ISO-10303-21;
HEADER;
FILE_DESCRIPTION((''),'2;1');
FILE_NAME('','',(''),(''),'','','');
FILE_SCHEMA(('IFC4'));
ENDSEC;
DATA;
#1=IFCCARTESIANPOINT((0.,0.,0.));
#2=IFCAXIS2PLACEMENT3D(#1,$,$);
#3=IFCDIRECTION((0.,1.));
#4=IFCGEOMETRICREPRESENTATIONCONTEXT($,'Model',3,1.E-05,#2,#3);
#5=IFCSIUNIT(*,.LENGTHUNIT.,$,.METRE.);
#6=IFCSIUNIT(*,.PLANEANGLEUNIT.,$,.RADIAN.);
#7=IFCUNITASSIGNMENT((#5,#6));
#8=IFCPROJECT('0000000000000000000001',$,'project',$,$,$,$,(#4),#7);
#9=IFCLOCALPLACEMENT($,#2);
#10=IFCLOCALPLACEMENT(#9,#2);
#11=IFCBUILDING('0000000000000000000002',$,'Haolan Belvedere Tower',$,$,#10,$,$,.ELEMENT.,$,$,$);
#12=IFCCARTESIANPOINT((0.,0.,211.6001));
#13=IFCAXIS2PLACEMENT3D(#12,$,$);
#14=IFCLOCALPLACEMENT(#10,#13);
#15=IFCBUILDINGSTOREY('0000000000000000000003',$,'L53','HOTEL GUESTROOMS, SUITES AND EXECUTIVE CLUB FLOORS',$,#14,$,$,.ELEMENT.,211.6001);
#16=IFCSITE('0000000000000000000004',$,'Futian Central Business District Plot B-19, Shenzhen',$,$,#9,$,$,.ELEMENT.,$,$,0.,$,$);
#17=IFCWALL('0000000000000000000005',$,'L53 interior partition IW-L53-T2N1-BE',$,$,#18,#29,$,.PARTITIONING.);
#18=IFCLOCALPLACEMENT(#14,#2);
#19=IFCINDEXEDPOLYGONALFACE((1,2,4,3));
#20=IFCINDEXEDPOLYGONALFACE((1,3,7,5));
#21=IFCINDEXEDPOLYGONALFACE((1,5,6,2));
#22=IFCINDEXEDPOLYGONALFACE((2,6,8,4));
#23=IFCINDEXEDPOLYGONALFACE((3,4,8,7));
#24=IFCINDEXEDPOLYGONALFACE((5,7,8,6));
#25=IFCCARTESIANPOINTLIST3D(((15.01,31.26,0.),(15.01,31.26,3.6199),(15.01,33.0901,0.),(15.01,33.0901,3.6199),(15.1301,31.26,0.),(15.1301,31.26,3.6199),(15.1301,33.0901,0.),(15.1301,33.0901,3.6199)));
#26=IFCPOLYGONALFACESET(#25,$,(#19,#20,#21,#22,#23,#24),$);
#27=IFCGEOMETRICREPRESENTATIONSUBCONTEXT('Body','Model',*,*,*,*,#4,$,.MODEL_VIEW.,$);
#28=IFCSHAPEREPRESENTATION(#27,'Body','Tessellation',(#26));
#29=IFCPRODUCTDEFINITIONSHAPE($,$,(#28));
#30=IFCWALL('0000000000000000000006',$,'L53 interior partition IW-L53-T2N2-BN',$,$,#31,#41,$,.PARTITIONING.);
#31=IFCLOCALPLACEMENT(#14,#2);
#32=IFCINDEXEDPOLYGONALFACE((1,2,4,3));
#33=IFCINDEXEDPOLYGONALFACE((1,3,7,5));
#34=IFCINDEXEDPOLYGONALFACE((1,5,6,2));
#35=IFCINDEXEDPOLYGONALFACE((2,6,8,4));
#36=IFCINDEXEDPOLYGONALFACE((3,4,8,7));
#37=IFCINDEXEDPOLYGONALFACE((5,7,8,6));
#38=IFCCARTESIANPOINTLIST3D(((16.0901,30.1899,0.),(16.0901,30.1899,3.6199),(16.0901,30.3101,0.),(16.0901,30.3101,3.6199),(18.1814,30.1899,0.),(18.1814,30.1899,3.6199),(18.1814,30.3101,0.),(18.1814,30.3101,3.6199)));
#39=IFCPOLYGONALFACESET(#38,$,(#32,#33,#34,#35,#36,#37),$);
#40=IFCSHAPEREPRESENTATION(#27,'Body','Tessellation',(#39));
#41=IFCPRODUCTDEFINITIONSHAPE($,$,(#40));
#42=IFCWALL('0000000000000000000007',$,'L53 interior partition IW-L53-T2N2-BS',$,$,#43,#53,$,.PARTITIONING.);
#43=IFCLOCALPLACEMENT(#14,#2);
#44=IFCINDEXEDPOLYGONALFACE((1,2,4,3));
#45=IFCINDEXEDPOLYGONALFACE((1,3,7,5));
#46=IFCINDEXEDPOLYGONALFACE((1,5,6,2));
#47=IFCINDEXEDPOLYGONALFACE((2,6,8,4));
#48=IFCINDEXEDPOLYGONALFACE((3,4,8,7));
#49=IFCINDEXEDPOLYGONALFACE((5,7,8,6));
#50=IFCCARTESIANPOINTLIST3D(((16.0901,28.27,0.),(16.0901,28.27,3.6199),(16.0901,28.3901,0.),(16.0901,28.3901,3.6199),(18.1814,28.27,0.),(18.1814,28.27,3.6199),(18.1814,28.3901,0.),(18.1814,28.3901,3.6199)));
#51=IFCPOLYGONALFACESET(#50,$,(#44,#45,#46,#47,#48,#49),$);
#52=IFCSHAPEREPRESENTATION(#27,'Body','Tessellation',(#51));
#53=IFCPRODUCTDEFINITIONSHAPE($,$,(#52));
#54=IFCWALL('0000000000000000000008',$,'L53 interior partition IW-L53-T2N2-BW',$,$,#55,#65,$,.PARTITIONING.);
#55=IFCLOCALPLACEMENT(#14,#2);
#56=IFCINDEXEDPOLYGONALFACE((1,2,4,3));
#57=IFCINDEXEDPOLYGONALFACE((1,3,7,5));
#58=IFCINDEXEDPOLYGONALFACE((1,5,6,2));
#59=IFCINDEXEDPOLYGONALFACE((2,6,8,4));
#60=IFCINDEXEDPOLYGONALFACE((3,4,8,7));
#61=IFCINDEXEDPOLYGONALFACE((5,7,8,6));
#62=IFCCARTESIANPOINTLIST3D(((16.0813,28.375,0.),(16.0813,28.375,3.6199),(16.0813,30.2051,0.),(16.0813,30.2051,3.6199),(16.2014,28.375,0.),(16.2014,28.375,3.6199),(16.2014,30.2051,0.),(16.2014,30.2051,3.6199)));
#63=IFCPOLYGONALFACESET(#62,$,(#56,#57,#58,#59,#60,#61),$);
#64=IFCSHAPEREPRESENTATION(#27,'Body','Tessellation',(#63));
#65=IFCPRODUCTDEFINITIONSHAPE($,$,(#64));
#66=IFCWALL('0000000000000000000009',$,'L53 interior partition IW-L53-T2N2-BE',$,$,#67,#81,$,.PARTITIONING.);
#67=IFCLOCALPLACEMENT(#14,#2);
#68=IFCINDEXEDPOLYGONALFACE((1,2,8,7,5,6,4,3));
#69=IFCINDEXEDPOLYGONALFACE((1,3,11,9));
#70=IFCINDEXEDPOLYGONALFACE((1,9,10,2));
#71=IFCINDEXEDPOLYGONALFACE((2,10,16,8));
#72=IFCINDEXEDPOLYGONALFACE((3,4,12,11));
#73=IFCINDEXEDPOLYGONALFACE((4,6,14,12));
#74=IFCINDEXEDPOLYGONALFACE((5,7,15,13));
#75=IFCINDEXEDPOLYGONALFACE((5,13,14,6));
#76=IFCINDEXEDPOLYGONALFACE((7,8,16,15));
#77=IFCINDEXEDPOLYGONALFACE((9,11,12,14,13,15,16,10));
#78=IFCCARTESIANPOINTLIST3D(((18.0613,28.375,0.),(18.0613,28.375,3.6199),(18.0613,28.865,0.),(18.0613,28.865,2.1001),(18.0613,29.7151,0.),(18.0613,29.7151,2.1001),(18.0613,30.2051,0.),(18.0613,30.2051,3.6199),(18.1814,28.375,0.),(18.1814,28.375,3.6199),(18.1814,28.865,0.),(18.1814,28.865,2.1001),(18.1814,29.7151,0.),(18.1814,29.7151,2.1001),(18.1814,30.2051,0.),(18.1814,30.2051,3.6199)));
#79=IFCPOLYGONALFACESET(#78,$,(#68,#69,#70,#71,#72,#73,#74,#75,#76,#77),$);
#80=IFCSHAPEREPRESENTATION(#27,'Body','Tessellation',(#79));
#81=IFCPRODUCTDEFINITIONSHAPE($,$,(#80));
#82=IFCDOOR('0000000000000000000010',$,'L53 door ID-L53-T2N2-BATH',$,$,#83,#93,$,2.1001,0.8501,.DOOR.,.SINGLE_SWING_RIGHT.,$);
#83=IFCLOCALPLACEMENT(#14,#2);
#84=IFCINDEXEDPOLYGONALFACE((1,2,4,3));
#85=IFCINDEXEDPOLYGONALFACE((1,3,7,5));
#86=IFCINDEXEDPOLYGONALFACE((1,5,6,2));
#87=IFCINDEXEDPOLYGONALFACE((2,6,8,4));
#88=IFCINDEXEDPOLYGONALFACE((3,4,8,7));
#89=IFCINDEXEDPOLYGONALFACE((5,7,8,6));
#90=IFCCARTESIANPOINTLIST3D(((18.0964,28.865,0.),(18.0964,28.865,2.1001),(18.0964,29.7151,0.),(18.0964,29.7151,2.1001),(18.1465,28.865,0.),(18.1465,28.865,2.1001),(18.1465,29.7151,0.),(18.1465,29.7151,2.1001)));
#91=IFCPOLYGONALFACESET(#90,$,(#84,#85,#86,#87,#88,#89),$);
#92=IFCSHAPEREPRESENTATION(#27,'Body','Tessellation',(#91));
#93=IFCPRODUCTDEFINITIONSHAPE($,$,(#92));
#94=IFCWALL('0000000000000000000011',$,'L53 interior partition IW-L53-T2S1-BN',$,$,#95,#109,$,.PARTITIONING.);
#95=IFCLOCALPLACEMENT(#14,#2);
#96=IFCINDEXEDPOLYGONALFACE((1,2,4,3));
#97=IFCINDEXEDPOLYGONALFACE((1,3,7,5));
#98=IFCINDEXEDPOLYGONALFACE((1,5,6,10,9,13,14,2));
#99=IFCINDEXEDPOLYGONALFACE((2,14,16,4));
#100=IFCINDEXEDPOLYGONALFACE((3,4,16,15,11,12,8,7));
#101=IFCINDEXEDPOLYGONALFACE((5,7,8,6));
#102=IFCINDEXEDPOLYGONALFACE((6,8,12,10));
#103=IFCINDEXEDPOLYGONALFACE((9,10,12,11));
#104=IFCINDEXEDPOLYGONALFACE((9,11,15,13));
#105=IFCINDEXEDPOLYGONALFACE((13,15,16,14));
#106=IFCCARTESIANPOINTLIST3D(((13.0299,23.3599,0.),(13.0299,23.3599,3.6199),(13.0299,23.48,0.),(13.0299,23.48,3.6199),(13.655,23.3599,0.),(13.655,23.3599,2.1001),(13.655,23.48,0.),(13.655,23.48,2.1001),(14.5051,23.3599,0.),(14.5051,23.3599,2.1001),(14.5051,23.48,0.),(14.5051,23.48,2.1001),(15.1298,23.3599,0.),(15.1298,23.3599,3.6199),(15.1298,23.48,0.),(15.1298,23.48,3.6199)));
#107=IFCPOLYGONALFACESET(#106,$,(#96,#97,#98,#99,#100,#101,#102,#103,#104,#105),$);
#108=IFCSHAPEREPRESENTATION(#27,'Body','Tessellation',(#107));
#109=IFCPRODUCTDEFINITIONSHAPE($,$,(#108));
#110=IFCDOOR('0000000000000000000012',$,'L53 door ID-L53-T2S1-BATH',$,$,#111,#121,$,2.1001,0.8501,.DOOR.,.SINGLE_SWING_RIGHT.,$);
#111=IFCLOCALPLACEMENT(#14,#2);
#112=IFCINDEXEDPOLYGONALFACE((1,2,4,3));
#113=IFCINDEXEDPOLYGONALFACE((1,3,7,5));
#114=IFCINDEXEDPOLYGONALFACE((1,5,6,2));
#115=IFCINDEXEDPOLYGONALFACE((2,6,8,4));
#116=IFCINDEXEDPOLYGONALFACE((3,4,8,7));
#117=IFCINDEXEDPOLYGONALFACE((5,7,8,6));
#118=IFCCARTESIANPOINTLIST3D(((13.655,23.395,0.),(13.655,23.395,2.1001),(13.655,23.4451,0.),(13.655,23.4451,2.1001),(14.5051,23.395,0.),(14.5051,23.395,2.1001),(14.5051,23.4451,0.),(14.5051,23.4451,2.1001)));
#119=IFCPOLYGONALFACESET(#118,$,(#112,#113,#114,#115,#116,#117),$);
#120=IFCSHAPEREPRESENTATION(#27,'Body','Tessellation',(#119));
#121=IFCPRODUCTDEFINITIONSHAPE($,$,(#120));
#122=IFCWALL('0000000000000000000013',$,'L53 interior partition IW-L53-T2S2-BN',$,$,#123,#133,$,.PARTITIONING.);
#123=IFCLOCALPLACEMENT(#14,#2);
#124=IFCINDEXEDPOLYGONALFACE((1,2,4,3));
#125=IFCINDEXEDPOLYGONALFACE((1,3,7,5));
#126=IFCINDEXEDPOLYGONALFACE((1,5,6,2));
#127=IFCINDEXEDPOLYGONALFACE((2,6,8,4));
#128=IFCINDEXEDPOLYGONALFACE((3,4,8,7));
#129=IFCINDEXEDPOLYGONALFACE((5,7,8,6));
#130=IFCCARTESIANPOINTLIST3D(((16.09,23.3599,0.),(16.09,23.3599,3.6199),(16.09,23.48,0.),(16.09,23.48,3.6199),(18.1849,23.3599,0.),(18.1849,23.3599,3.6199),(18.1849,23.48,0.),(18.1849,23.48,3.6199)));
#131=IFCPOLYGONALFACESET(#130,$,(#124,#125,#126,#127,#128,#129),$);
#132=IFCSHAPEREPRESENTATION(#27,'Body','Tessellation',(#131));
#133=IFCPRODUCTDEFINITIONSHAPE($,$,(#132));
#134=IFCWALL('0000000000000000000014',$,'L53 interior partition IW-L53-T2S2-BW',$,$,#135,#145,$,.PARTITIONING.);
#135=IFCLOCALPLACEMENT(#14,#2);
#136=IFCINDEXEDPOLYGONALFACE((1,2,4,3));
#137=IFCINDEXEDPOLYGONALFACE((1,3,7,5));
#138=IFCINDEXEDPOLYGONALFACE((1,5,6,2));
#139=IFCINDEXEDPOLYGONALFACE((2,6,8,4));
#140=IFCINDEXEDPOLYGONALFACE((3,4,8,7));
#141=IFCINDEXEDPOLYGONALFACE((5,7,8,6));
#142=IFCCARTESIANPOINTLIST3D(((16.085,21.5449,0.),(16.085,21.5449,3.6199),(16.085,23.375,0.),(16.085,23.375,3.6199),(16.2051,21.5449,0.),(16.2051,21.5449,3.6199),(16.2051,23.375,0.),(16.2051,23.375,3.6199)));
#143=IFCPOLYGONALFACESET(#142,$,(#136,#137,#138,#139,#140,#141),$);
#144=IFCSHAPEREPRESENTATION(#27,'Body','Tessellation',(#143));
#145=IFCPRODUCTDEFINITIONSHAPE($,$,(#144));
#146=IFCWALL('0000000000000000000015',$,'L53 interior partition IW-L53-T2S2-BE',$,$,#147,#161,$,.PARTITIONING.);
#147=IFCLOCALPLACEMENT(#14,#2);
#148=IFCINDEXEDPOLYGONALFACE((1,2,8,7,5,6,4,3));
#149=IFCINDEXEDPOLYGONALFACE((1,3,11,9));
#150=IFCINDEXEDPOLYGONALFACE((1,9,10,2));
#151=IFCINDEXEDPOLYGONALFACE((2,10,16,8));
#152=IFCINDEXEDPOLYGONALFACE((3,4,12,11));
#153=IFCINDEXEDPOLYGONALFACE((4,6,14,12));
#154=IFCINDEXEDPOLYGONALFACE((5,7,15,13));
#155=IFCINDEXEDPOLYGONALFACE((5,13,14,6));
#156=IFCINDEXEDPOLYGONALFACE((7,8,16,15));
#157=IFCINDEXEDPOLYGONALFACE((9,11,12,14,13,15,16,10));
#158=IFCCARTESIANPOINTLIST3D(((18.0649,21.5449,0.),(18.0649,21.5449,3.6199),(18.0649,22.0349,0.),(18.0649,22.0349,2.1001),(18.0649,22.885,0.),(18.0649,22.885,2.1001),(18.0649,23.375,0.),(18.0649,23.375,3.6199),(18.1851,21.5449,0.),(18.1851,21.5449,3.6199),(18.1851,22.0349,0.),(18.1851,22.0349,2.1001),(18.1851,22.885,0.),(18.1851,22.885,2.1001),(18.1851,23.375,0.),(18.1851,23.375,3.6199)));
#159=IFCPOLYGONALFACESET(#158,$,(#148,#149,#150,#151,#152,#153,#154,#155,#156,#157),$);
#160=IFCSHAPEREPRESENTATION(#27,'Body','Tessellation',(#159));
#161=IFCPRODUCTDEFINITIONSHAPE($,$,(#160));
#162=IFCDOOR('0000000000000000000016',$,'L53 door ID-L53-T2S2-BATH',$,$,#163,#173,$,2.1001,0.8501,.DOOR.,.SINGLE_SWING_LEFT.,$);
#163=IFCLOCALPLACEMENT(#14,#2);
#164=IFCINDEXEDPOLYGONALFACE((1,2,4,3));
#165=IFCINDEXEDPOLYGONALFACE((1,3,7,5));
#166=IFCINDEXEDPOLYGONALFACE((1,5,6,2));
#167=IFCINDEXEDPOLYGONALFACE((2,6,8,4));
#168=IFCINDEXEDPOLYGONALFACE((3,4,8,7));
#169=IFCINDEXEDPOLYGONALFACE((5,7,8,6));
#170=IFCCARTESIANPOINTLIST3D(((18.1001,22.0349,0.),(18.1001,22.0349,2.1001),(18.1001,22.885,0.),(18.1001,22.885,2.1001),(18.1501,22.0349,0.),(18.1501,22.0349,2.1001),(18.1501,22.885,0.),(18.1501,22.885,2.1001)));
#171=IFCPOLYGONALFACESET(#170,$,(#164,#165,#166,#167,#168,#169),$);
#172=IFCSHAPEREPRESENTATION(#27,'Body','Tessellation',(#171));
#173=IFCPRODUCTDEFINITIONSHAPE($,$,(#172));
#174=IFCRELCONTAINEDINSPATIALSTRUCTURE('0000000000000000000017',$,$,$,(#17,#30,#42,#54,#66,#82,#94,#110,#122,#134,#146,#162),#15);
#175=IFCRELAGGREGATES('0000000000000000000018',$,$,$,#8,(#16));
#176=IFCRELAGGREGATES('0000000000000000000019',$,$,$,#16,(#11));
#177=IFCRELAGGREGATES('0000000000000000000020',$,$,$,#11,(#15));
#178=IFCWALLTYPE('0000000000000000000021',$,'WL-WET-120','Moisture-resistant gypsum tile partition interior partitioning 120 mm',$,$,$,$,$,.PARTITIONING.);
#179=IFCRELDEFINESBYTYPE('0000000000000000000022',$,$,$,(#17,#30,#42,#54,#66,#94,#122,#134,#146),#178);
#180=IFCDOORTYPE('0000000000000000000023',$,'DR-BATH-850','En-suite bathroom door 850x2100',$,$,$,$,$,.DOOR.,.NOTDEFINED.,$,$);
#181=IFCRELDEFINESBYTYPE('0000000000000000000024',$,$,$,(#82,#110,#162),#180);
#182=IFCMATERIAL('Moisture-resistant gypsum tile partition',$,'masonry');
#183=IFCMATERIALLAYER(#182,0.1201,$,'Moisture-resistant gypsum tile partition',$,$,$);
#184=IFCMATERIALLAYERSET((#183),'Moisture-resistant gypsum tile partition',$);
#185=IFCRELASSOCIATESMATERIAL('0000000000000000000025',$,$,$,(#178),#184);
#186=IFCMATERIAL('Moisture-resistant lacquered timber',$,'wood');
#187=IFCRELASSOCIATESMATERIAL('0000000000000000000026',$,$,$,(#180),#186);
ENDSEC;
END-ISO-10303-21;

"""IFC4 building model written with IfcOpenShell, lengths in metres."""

from ifc_helpers import new_model, si_unit, direction, frame, frame_2d, origin, place, context, subcontext, project, spatial, rectangle, extrude, material, layer, layer_set, type_object, element, fill, save


model = new_model("IFC4")

# Units and contexts
model_context = context("Model", 3, precision=1e-05, world=origin(), true_north=direction((0.0, 1.0)))
body_context = subcontext(model_context, "Body", "Model", "MODEL_VIEW")
ifc_project = project(units=[si_unit("LENGTHUNIT", "METRE"), si_unit("PLANEANGLEUNIT", "RADIAN")], contexts=[model_context])

# Site, building, storey
site_placement = place(None, origin())
site = spatial("IfcSite", under=ifc_project, at=site_placement, Name="Futian Central Business District Plot B-19, Shenzhen", CompositionType="ELEMENT", RefElevation=0.0)
building_placement = place(site_placement, origin())
building = spatial("IfcBuilding", under=site, at=building_placement, Name="Haolan Belvedere Tower", CompositionType="ELEMENT")
storey_placement = place(building_placement, frame((0.0, 0.0, 211.6001)))
storey = spatial("IfcBuildingStorey", under=building, at=storey_placement, Name="L53", Description="HOTEL GUESTROOMS, SUITES AND EXECUTIVE CLUB FLOORS", CompositionType="ELEMENT", Elevation=211.6001)

# Shared definitions
ifc_material_1 = material(Name="Moisture-resistant gypsum tile partition", Category="masonry")
ifc_layer_1 = layer(ifc_material_1, 0.1201, Name="Moisture-resistant gypsum tile partition")
ifc_layer_set_1 = layer_set([ifc_layer_1], Name="Moisture-resistant gypsum tile partition")
wall_type_1 = type_object("IfcWallType", Name="WL-WET-120", Description="Moisture-resistant gypsum tile partition interior partitioning 120 mm", PredefinedType="PARTITIONING", material=ifc_layer_set_1)
ifc_material_2 = material(Name="Moisture-resistant lacquered timber", Category="wood")
door_type_1 = type_object("IfcDoorType", Name="DR-BATH-850", Description="En-suite bathroom door 850x2100", OperationType="NOTDEFINED", PredefinedType="DOOR", material=ifc_material_2)

# Walls
for number, where, z_axis, x_axis, name in (
    (1, (15.0701, 31.26, 0.0), (0.0, 0.0, 1.0), (0.0, 1.0, 0.0), "L53 interior partition IW-L53-T2N1-BE"),
):
    element("IfcWall", number, at=place(storey_placement, frame(where, z_axis=z_axis, x_axis=x_axis)), inside=storey, type_object=wall_type_1, Name=name, PredefinedType="PARTITIONING", context=body_context, shape_type="SweptSolid", body=[
        extrude(rectangle(XDim=1.8301, YDim=0.1201, at=frame_2d((0.915, 0.0))), origin(), (0.0, 0.0, 1.0), 3.6199),
    ])
for number, where, z_axis, x_axis, name in (
    (2, (16.0901, 30.25, 0.0), (0.0, 0.0, 1.0), (1.0, 0.0, 0.0), "L53 interior partition IW-L53-T2N2-BN"),
    (3, (16.0901, 28.3301, 0.0), (0.0, 0.0, 1.0), (1.0, 0.0, 0.0), "L53 interior partition IW-L53-T2N2-BS"),
):
    element("IfcWall", number, at=place(storey_placement, frame(where, z_axis=z_axis, x_axis=x_axis)), inside=storey, type_object=wall_type_1, Name=name, PredefinedType="PARTITIONING", context=body_context, shape_type="SweptSolid", body=[
        extrude(rectangle(XDim=2.0913, YDim=0.1201, at=frame_2d((1.0457, 0.0))), origin(), (0.0, 0.0, 1.0), 3.6199),
    ])
wall_1_placement = place(storey_placement, frame((16.1414, 28.375, 0.0), z_axis=(0.0, 0.0, 1.0), x_axis=(0.0, 1.0, 0.0)))
element("IfcWall", 4, at=wall_1_placement, inside=storey, type_object=wall_type_1, Name="L53 interior partition IW-L53-T2N2-BW", PredefinedType="PARTITIONING", context=body_context, shape_type="SweptSolid", body=[
    extrude(rectangle(XDim=1.8301, YDim=0.1201, at=frame_2d((0.915, 0.0))), origin(), (0.0, 0.0, 1.0), 3.6199),
])

# Walls, openings, doors
wall_2_placement = place(storey_placement, frame((18.1213, 28.375, 0.0), z_axis=(0.0, 0.0, 1.0), x_axis=(0.0, 1.0, 0.0)))
wall_2 = element("IfcWall", 5, at=wall_2_placement, inside=storey, type_object=wall_type_1, Name="L53 interior partition IW-L53-T2N2-BE", PredefinedType="PARTITIONING", context=body_context, shape_type="SweptSolid", body=[
    extrude(rectangle(XDim=1.8301, YDim=0.1201, at=frame_2d((0.915, 0.0))), origin(), (0.0, 0.0, 1.0), 3.6199),
])
opening_1_placement = place(wall_2_placement, frame((0.49, 0.0, 0.0)))
opening_1 = element("IfcOpeningElement", 6, at=opening_1_placement, cuts=wall_2, PredefinedType="OPENING", context=body_context, shape_type="SweptSolid", body=[
    extrude(rectangle(XDim=0.8501, YDim=2.1001, at=frame_2d((0.425, 1.05))), frame((0.0, 0.0701, 0.0), z_axis=(0.0, -1.0, 0.0), x_axis=(1.0, 0.0, 0.0)), (0.0, 0.0, 1.0), 0.1401),
])
door_1_placement = place(opening_1_placement, origin())
door_1 = element("IfcDoor", 7, at=door_1_placement, inside=storey, type_object=door_type_1, Name="L53 door ID-L53-T2N2-BATH", OperationType="SINGLE_SWING_RIGHT", OverallHeight=2.1001, OverallWidth=0.8501, PredefinedType="DOOR", context=body_context, shape_type="SweptSolid", body=[
    extrude(rectangle(XDim=0.8501, YDim=2.1001, at=frame_2d((0.425, 1.05))), frame((0.0, 0.0249, 0.0), z_axis=(0.0, -1.0, 0.0), x_axis=(1.0, 0.0, 0.0)), (0.0, 0.0, 1.0), 0.05),
])
fill(opening_1, door_1)
wall_3_placement = place(storey_placement, frame((13.03, 23.4199, 0.0), z_axis=(0.0, 0.0, 1.0), x_axis=(1.0, 0.0, 0.0)))
wall_3 = element("IfcWall", 8, at=wall_3_placement, inside=storey, type_object=wall_type_1, Name="L53 interior partition IW-L53-T2S1-BN", PredefinedType="PARTITIONING", context=body_context, shape_type="SweptSolid", body=[
    extrude(rectangle(XDim=2.0999, YDim=0.1201, at=frame_2d((1.0498, 0.0))), origin(), (0.0, 0.0, 1.0), 3.6199),
])
opening_2_placement = place(wall_3_placement, frame((1.4751, 0.0, 0.0), z_axis=(0.0, 0.0, 1.0), x_axis=(-1.0, 0.0, 0.0)))
opening_2 = element("IfcOpeningElement", 9, at=opening_2_placement, cuts=wall_3, PredefinedType="OPENING", context=body_context, shape_type="SweptSolid", body=[
    extrude(rectangle(XDim=0.8501, YDim=2.1001, at=frame_2d((0.425, 1.05))), frame((0.0, 0.0701, 0.0), z_axis=(0.0, -1.0, 0.0), x_axis=(1.0, 0.0, 0.0)), (0.0, 0.0, 1.0), 0.1401),
])
door_2_placement = place(opening_2_placement, origin())
door_2 = element("IfcDoor", 10, at=door_2_placement, inside=storey, type_object=door_type_1, Name="L53 door ID-L53-T2S1-BATH", OperationType="SINGLE_SWING_RIGHT", OverallHeight=2.1001, OverallWidth=0.8501, PredefinedType="DOOR", context=body_context, shape_type="SweptSolid", body=[
    extrude(rectangle(XDim=0.8501, YDim=2.1001, at=frame_2d((0.425, 1.05))), frame((0.0, 0.0249, 0.0), z_axis=(0.0, -1.0, 0.0), x_axis=(1.0, 0.0, 0.0)), (0.0, 0.0, 1.0), 0.05),
])
fill(opening_2, door_2)

# Walls
wall_4_placement = place(storey_placement, frame((16.0901, 23.4199, 0.0), z_axis=(0.0, 0.0, 1.0), x_axis=(1.0, 0.0, 0.0)))
element("IfcWall", 11, at=wall_4_placement, inside=storey, type_object=wall_type_1, Name="L53 interior partition IW-L53-T2S2-BN", PredefinedType="PARTITIONING", context=body_context, shape_type="SweptSolid", body=[
    extrude(rectangle(XDim=2.095, YDim=0.1201, at=frame_2d((1.0474, 0.0))), origin(), (0.0, 0.0, 1.0), 3.6199),
])
wall_5_placement = place(storey_placement, frame((16.145, 21.5449, 0.0), z_axis=(0.0, 0.0, 1.0), x_axis=(0.0, 1.0, 0.0)))
element("IfcWall", 12, at=wall_5_placement, inside=storey, type_object=wall_type_1, Name="L53 interior partition IW-L53-T2S2-BW", PredefinedType="PARTITIONING", context=body_context, shape_type="SweptSolid", body=[
    extrude(rectangle(XDim=1.8301, YDim=0.1201, at=frame_2d((0.915, 0.0))), origin(), (0.0, 0.0, 1.0), 3.6199),
])

# Wall, opening, door
wall_6_placement = place(storey_placement, frame((18.125, 21.5449, 0.0), z_axis=(0.0, 0.0, 1.0), x_axis=(0.0, 1.0, 0.0)))
wall_6 = element("IfcWall", 13, at=wall_6_placement, inside=storey, type_object=wall_type_1, Name="L53 interior partition IW-L53-T2S2-BE", PredefinedType="PARTITIONING", context=body_context, shape_type="SweptSolid", body=[
    extrude(rectangle(XDim=1.8301, YDim=0.1201, at=frame_2d((0.915, 0.0))), origin(), (0.0, 0.0, 1.0), 3.6199),
])
opening_3_placement = place(wall_6_placement, frame((0.49, 0.0, 0.0)))
opening_3 = element("IfcOpeningElement", 14, at=opening_3_placement, cuts=wall_6, PredefinedType="OPENING", context=body_context, shape_type="SweptSolid", body=[
    extrude(rectangle(XDim=0.8501, YDim=2.1001, at=frame_2d((0.425, 1.05))), frame((0.0, 0.0701, 0.0), z_axis=(0.0, -1.0, 0.0), x_axis=(1.0, 0.0, 0.0)), (0.0, 0.0, 1.0), 0.1401),
])
door_3_placement = place(opening_3_placement, origin())
door_3 = element("IfcDoor", 15, at=door_3_placement, inside=storey, type_object=door_type_1, Name="L53 door ID-L53-T2S2-BATH", OperationType="SINGLE_SWING_LEFT", OverallHeight=2.1001, OverallWidth=0.8501, PredefinedType="DOOR", context=body_context, shape_type="SweptSolid", body=[
    extrude(rectangle(XDim=0.8501, YDim=2.1001, at=frame_2d((0.425, 1.05))), frame((0.0, 0.0249, 0.0), z_axis=(0.0, -1.0, 0.0), x_axis=(1.0, 0.0, 0.0)), (0.0, 0.0, 1.0), 0.05),
])
fill(opening_3, door_3)

save(model, "model.ifc")
